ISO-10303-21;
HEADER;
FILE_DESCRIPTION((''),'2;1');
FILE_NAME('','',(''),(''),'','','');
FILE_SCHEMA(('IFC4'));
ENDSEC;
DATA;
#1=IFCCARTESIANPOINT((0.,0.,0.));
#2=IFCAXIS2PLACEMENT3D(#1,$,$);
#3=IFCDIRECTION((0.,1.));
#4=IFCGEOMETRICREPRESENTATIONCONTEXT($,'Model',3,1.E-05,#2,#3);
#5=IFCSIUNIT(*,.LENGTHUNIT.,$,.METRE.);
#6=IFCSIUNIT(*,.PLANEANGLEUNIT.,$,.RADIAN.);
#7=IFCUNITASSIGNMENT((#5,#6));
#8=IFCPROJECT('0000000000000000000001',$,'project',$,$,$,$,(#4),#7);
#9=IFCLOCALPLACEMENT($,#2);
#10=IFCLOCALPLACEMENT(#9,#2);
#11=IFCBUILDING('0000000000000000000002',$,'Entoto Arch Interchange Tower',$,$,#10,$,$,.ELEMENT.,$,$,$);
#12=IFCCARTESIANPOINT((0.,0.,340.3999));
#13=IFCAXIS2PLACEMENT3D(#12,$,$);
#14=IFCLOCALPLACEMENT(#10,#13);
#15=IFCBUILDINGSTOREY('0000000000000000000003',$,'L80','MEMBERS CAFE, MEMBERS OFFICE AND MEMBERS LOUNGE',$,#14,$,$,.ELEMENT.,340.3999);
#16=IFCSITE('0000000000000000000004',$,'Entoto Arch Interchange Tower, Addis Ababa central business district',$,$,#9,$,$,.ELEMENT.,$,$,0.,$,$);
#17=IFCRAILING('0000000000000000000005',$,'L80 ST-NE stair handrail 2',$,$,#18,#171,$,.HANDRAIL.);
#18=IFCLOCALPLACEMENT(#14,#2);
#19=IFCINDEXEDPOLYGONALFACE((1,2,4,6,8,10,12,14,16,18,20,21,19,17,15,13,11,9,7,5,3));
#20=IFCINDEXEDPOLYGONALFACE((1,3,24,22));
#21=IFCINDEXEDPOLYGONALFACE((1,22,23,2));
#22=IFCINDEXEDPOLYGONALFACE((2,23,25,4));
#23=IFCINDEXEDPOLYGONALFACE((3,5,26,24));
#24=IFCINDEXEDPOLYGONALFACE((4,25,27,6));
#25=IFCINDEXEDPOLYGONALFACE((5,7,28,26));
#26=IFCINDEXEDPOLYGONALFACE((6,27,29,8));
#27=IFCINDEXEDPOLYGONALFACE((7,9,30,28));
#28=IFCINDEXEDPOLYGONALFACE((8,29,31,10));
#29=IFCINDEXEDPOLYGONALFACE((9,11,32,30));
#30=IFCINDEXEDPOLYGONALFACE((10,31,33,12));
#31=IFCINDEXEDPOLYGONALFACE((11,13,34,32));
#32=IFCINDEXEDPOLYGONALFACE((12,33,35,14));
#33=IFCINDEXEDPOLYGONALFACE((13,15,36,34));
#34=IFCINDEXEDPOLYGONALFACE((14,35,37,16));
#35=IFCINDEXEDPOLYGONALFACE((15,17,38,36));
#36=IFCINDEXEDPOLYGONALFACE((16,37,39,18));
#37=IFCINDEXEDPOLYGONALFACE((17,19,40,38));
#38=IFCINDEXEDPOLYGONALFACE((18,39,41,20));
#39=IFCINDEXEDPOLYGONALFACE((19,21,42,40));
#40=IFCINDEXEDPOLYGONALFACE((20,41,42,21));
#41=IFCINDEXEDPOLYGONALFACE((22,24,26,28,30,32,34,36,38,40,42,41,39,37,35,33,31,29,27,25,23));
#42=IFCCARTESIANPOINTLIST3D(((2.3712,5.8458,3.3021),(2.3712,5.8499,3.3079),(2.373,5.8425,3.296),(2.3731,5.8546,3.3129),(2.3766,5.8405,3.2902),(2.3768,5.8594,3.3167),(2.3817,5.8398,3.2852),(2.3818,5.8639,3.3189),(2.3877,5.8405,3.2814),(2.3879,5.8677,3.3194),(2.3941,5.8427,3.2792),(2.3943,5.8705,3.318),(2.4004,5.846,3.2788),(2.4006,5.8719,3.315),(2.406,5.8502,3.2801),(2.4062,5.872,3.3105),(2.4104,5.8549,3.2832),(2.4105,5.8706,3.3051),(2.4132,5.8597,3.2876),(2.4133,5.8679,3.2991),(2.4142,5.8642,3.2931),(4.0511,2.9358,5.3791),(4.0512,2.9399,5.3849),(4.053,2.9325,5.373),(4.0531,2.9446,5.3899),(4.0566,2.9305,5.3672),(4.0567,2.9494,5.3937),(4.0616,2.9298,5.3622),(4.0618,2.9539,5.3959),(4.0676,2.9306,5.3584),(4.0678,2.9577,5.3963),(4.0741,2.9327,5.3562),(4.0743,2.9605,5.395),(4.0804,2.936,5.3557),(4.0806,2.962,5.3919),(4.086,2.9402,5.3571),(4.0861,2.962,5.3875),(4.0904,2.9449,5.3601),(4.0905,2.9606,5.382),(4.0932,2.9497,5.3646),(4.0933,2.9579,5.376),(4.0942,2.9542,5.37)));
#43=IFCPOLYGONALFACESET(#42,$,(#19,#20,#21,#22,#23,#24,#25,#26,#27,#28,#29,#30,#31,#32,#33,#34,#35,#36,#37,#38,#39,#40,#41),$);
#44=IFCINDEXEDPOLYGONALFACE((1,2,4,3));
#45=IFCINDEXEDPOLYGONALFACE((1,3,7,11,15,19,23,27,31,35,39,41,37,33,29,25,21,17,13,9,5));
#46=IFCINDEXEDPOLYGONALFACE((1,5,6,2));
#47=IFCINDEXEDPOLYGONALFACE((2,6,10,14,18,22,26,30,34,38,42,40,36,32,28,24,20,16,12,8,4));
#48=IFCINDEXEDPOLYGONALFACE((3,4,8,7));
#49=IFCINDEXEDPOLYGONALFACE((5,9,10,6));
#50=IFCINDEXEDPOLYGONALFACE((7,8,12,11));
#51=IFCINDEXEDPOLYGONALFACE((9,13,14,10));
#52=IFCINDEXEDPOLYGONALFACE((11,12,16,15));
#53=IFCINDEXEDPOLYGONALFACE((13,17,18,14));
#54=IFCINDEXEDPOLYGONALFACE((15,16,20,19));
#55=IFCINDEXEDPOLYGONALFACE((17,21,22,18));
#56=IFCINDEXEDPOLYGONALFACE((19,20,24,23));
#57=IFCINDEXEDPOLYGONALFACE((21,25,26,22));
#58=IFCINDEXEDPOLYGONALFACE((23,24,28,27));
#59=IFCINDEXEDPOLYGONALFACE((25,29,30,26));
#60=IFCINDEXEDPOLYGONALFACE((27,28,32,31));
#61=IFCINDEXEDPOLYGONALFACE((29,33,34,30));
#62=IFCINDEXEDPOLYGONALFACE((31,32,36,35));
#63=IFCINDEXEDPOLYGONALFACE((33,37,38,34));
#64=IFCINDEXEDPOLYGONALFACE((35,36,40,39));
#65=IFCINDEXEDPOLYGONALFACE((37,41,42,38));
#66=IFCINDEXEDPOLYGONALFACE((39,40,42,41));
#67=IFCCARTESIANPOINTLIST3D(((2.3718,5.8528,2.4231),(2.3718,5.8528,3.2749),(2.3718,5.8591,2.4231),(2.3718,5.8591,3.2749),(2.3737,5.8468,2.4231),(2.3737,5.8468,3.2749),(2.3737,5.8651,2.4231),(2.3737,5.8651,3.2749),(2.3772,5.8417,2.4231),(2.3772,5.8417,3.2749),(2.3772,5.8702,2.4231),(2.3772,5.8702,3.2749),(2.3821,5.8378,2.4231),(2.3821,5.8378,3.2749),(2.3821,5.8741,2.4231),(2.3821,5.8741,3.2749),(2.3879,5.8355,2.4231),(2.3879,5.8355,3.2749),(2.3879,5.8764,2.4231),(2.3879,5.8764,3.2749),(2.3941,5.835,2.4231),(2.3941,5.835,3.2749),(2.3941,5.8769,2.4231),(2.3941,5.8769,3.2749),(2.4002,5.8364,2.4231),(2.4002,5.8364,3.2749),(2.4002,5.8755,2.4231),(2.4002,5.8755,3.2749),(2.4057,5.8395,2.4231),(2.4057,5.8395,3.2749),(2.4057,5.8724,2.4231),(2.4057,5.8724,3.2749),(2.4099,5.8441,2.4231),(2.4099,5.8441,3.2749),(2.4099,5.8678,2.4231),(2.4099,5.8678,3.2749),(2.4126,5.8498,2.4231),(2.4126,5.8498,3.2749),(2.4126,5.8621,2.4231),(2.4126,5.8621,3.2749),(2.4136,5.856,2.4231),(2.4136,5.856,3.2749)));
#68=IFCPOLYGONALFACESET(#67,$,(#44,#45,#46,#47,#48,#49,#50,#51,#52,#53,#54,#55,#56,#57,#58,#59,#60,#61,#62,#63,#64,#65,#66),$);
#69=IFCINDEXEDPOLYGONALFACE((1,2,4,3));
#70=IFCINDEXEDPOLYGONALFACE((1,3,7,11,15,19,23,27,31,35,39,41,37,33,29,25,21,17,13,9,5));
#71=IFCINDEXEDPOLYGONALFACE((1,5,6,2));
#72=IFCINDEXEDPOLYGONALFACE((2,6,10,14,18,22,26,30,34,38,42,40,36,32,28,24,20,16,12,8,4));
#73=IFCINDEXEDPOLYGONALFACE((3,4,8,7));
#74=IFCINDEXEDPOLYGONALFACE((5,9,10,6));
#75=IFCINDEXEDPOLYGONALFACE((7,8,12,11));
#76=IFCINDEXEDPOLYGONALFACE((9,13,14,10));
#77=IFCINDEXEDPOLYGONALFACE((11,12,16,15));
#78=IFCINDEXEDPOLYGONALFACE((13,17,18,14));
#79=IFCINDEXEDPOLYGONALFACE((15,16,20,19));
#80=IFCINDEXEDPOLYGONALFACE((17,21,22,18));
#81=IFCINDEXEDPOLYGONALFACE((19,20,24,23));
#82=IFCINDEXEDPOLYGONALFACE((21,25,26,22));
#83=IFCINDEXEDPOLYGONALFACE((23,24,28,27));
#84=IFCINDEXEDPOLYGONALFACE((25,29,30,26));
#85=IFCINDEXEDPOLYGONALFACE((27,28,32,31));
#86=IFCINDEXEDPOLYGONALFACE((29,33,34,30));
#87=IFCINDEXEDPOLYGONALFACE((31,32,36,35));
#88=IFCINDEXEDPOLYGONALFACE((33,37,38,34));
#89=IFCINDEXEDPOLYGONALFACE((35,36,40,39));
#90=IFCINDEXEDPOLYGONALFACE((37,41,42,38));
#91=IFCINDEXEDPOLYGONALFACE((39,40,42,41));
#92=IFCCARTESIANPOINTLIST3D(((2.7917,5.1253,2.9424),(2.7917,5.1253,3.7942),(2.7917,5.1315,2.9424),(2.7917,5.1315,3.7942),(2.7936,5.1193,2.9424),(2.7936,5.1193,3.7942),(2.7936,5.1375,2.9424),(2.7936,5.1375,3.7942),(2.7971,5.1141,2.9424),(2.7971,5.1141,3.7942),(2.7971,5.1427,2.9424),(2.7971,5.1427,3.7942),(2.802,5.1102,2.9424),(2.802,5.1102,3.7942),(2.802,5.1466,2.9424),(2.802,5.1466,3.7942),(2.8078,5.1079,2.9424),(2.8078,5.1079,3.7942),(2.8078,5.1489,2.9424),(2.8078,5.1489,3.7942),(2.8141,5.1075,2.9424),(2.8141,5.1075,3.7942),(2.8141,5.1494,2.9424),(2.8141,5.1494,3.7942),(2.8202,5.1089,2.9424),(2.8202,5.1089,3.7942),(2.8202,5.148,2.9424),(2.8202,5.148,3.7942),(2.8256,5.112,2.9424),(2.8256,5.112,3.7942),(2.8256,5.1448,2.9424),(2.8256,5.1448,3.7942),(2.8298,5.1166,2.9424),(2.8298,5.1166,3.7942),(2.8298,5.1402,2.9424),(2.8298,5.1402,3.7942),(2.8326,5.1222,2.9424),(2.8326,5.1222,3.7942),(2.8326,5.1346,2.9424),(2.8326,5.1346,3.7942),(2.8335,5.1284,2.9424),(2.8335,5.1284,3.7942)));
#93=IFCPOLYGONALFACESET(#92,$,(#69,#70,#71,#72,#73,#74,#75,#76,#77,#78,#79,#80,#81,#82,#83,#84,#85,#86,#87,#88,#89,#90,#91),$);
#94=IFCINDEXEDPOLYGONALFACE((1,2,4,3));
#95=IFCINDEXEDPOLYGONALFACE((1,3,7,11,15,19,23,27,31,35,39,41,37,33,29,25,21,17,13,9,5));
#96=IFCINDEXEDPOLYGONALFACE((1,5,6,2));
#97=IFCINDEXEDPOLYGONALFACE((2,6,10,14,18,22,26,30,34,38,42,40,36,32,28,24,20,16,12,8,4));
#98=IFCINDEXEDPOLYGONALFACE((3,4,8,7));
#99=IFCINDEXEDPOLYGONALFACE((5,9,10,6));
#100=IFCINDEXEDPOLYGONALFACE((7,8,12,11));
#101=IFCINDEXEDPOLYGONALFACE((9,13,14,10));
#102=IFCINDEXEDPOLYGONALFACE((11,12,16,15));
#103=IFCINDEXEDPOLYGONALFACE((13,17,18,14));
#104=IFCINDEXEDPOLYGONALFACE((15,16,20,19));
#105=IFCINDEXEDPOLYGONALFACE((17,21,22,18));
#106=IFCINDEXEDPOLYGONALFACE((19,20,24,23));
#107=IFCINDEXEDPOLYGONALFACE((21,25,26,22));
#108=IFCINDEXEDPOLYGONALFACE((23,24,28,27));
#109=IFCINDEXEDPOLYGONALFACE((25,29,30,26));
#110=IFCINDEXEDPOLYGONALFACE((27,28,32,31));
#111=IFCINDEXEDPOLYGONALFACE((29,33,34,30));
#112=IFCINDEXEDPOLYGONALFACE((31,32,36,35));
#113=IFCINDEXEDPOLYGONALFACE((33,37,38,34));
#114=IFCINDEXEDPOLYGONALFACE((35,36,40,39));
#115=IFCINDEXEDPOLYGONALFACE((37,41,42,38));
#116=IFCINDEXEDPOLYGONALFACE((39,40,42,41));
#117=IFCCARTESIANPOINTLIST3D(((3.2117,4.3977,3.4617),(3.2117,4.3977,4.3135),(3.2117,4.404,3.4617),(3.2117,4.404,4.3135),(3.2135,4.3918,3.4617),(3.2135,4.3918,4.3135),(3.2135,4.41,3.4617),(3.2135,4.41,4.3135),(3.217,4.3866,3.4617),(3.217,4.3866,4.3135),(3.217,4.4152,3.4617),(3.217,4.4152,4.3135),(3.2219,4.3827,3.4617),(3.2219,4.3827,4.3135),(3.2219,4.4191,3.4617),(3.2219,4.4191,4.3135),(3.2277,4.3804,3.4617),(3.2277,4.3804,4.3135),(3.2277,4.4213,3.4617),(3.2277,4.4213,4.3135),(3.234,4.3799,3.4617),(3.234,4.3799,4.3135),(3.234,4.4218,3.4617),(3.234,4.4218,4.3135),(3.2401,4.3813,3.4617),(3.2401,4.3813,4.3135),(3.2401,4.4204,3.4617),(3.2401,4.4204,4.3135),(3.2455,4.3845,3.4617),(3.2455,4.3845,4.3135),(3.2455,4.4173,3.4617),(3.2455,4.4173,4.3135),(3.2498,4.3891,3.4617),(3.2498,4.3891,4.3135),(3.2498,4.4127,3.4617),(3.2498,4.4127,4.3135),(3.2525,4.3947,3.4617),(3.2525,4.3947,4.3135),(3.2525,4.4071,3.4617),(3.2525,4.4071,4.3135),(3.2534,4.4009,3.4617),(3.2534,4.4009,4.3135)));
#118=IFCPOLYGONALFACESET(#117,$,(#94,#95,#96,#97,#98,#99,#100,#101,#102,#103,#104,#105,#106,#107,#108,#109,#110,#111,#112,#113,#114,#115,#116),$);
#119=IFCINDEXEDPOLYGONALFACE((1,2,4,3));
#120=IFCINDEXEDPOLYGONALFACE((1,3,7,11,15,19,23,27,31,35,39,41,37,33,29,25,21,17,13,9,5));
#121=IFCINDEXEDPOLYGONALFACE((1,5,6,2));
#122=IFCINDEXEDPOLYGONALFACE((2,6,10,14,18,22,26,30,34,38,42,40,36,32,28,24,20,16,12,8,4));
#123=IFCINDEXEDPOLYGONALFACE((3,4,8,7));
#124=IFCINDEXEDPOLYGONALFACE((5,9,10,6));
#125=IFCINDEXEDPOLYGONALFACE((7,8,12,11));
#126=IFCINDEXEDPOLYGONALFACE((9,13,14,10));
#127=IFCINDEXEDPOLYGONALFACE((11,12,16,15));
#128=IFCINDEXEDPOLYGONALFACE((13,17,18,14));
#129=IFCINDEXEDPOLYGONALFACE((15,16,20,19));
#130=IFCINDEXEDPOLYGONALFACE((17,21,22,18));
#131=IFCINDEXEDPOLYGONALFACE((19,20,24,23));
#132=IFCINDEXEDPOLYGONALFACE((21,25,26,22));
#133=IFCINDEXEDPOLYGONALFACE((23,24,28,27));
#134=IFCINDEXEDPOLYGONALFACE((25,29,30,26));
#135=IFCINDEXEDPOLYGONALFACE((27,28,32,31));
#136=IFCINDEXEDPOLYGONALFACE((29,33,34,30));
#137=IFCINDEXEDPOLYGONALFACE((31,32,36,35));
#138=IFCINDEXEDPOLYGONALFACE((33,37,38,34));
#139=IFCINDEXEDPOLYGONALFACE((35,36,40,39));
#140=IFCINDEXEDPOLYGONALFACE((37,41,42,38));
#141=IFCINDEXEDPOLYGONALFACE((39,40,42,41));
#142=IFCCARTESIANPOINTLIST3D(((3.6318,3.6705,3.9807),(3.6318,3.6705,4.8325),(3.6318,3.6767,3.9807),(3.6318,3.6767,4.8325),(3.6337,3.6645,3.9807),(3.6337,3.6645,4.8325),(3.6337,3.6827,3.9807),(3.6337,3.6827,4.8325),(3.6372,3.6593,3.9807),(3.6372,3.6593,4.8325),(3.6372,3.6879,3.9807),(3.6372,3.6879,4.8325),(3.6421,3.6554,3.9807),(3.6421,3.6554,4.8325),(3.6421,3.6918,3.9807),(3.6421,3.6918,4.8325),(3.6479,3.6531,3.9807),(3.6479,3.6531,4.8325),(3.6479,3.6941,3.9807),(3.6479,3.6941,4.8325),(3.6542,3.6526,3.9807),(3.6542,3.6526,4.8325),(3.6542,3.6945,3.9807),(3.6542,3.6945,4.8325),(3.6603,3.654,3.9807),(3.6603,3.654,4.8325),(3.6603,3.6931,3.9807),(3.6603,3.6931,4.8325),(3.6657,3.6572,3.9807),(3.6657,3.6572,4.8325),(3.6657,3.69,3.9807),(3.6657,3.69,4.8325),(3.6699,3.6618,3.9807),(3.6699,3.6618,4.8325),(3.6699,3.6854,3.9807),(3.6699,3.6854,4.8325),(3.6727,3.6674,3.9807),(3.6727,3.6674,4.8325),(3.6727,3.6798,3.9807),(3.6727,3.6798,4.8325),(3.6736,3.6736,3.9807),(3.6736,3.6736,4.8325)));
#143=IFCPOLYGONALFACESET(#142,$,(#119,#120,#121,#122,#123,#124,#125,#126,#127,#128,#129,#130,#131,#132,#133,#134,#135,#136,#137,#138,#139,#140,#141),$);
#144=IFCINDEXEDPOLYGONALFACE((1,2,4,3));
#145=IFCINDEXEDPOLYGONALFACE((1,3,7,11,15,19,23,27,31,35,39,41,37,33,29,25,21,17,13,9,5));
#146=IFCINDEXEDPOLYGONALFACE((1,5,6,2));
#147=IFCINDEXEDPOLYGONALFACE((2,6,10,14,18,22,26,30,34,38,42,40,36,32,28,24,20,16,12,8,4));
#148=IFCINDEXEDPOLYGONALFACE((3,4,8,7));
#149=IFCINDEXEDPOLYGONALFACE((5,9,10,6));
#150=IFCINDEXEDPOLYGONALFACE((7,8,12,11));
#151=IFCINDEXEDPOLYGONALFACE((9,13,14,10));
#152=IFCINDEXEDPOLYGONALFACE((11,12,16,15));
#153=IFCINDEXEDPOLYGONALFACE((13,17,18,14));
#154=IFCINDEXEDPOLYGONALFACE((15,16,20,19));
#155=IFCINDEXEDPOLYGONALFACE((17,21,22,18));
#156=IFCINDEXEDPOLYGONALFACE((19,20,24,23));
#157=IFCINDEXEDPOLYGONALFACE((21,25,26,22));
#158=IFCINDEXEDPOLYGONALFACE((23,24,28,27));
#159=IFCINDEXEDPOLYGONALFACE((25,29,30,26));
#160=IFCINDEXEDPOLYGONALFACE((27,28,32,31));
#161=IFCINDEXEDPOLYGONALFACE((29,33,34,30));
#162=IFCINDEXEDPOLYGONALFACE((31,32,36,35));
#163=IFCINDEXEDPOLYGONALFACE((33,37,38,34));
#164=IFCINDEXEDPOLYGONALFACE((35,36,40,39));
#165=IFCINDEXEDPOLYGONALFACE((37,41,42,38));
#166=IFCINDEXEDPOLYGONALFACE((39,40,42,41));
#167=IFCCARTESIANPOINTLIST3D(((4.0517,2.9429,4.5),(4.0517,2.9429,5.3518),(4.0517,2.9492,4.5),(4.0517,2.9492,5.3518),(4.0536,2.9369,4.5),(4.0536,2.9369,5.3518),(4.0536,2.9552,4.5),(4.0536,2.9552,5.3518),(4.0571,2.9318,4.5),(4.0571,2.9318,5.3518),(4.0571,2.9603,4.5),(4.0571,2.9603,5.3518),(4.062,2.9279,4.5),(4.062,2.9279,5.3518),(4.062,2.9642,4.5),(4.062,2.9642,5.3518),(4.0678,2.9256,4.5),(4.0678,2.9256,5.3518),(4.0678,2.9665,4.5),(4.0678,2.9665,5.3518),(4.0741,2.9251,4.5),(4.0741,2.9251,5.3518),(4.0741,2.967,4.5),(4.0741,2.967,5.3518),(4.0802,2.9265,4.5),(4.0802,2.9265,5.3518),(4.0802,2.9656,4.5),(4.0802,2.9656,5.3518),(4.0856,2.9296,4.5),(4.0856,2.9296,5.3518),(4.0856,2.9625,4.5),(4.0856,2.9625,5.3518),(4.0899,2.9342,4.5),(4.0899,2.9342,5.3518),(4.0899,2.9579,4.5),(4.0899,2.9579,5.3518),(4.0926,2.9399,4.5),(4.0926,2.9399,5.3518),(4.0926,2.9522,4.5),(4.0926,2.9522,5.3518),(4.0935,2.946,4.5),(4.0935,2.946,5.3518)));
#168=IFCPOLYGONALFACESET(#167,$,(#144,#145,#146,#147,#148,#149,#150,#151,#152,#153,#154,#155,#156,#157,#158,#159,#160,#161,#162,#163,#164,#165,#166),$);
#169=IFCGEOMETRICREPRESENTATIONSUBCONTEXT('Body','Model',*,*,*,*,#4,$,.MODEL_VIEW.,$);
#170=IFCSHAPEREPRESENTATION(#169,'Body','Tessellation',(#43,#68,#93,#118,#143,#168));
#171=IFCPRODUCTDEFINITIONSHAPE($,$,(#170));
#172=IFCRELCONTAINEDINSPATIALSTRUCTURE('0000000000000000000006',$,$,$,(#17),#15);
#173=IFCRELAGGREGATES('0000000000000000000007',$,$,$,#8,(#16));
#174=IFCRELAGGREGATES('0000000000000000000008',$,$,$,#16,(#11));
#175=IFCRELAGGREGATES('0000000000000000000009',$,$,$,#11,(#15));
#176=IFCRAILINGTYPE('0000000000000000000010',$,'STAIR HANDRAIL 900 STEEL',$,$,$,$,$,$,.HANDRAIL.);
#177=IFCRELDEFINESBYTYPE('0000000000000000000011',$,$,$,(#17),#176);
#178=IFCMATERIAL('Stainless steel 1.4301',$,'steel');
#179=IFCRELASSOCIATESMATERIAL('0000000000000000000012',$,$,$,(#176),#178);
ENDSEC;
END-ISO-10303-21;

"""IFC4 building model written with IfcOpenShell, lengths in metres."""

from ifc_helpers import new_model, si_unit, direction, frame, origin, origin_2d, place, context, subcontext, project, spatial, circle, extrude, material, type_object, element, save


model = new_model("IFC4")

# Units and contexts
model_context = context("Model", 3, precision=1e-05, world=origin(), true_north=direction((0.0, 1.0)))
body_context = subcontext(model_context, "Body", "Model", "MODEL_VIEW")
ifc_project = project(units=[si_unit("LENGTHUNIT", "METRE"), si_unit("PLANEANGLEUNIT", "RADIAN")], contexts=[model_context])

# Site, building, storey
site_placement = place(None, origin())
site = spatial("IfcSite", under=ifc_project, at=site_placement, Name="Entoto Arch Interchange Tower, Addis Ababa central business district", CompositionType="ELEMENT", RefElevation=0.0)
building_placement = place(site_placement, origin())
building = spatial("IfcBuilding", under=site, at=building_placement, Name="Entoto Arch Interchange Tower", CompositionType="ELEMENT")
storey_placement = place(building_placement, frame((0.0, 0.0, 340.3999)))
storey = spatial("IfcBuildingStorey", under=building, at=storey_placement, Name="L80", Description="MEMBERS CAFE, MEMBERS OFFICE AND MEMBERS LOUNGE", CompositionType="ELEMENT", Elevation=340.3999)

# Railing
ifc_material_1 = material(Name="Stainless steel 1.4301", Category="steel")
railing_type_1 = type_object("IfcRailingType", Name="STAIR HANDRAIL 900 STEEL", PredefinedType="HANDRAIL", material=ifc_material_1)
railing_1_placement = place(storey_placement, frame((2.3926, 5.856, 2.4231)))
element("IfcRailing", 1, at=railing_1_placement, inside=storey, type_object=railing_type_1, Name="L80 ST-NE stair handrail 2", PredefinedType="HANDRAIL", context=body_context, shape_type="SweptSolid", body=[
    extrude(circle(Radius=0.0239, at=origin_2d()), frame((0.0, 0.0, 0.876), z_axis=(0.425288, -0.736668, 0.525785), x_axis=(0.866039, 0.499976, 0.0)), (0.0, 0.0, 1.0), 3.9502),
    extrude(circle(Radius=0.021, at=origin_2d()), origin(), (0.0, 0.0, 1.0), 0.8518),
    extrude(circle(Radius=0.021, at=origin_2d()), frame((0.4199, -0.7275, 0.5193)), (0.0, 0.0, 1.0), 0.8518),
    extrude(circle(Radius=0.021, at=origin_2d()), frame((0.8398, -1.4551, 1.0386)), (0.0, 0.0, 1.0), 0.8518),
    extrude(circle(Radius=0.021, at=origin_2d()), frame((1.26, -2.1824, 1.5576)), (0.0, 0.0, 1.0), 0.8518),
    extrude(circle(Radius=0.021, at=origin_2d()), frame((1.6799, -2.9099, 2.0769)), (0.0, 0.0, 1.0), 0.8518),
])

save(model, "model.ifc")
